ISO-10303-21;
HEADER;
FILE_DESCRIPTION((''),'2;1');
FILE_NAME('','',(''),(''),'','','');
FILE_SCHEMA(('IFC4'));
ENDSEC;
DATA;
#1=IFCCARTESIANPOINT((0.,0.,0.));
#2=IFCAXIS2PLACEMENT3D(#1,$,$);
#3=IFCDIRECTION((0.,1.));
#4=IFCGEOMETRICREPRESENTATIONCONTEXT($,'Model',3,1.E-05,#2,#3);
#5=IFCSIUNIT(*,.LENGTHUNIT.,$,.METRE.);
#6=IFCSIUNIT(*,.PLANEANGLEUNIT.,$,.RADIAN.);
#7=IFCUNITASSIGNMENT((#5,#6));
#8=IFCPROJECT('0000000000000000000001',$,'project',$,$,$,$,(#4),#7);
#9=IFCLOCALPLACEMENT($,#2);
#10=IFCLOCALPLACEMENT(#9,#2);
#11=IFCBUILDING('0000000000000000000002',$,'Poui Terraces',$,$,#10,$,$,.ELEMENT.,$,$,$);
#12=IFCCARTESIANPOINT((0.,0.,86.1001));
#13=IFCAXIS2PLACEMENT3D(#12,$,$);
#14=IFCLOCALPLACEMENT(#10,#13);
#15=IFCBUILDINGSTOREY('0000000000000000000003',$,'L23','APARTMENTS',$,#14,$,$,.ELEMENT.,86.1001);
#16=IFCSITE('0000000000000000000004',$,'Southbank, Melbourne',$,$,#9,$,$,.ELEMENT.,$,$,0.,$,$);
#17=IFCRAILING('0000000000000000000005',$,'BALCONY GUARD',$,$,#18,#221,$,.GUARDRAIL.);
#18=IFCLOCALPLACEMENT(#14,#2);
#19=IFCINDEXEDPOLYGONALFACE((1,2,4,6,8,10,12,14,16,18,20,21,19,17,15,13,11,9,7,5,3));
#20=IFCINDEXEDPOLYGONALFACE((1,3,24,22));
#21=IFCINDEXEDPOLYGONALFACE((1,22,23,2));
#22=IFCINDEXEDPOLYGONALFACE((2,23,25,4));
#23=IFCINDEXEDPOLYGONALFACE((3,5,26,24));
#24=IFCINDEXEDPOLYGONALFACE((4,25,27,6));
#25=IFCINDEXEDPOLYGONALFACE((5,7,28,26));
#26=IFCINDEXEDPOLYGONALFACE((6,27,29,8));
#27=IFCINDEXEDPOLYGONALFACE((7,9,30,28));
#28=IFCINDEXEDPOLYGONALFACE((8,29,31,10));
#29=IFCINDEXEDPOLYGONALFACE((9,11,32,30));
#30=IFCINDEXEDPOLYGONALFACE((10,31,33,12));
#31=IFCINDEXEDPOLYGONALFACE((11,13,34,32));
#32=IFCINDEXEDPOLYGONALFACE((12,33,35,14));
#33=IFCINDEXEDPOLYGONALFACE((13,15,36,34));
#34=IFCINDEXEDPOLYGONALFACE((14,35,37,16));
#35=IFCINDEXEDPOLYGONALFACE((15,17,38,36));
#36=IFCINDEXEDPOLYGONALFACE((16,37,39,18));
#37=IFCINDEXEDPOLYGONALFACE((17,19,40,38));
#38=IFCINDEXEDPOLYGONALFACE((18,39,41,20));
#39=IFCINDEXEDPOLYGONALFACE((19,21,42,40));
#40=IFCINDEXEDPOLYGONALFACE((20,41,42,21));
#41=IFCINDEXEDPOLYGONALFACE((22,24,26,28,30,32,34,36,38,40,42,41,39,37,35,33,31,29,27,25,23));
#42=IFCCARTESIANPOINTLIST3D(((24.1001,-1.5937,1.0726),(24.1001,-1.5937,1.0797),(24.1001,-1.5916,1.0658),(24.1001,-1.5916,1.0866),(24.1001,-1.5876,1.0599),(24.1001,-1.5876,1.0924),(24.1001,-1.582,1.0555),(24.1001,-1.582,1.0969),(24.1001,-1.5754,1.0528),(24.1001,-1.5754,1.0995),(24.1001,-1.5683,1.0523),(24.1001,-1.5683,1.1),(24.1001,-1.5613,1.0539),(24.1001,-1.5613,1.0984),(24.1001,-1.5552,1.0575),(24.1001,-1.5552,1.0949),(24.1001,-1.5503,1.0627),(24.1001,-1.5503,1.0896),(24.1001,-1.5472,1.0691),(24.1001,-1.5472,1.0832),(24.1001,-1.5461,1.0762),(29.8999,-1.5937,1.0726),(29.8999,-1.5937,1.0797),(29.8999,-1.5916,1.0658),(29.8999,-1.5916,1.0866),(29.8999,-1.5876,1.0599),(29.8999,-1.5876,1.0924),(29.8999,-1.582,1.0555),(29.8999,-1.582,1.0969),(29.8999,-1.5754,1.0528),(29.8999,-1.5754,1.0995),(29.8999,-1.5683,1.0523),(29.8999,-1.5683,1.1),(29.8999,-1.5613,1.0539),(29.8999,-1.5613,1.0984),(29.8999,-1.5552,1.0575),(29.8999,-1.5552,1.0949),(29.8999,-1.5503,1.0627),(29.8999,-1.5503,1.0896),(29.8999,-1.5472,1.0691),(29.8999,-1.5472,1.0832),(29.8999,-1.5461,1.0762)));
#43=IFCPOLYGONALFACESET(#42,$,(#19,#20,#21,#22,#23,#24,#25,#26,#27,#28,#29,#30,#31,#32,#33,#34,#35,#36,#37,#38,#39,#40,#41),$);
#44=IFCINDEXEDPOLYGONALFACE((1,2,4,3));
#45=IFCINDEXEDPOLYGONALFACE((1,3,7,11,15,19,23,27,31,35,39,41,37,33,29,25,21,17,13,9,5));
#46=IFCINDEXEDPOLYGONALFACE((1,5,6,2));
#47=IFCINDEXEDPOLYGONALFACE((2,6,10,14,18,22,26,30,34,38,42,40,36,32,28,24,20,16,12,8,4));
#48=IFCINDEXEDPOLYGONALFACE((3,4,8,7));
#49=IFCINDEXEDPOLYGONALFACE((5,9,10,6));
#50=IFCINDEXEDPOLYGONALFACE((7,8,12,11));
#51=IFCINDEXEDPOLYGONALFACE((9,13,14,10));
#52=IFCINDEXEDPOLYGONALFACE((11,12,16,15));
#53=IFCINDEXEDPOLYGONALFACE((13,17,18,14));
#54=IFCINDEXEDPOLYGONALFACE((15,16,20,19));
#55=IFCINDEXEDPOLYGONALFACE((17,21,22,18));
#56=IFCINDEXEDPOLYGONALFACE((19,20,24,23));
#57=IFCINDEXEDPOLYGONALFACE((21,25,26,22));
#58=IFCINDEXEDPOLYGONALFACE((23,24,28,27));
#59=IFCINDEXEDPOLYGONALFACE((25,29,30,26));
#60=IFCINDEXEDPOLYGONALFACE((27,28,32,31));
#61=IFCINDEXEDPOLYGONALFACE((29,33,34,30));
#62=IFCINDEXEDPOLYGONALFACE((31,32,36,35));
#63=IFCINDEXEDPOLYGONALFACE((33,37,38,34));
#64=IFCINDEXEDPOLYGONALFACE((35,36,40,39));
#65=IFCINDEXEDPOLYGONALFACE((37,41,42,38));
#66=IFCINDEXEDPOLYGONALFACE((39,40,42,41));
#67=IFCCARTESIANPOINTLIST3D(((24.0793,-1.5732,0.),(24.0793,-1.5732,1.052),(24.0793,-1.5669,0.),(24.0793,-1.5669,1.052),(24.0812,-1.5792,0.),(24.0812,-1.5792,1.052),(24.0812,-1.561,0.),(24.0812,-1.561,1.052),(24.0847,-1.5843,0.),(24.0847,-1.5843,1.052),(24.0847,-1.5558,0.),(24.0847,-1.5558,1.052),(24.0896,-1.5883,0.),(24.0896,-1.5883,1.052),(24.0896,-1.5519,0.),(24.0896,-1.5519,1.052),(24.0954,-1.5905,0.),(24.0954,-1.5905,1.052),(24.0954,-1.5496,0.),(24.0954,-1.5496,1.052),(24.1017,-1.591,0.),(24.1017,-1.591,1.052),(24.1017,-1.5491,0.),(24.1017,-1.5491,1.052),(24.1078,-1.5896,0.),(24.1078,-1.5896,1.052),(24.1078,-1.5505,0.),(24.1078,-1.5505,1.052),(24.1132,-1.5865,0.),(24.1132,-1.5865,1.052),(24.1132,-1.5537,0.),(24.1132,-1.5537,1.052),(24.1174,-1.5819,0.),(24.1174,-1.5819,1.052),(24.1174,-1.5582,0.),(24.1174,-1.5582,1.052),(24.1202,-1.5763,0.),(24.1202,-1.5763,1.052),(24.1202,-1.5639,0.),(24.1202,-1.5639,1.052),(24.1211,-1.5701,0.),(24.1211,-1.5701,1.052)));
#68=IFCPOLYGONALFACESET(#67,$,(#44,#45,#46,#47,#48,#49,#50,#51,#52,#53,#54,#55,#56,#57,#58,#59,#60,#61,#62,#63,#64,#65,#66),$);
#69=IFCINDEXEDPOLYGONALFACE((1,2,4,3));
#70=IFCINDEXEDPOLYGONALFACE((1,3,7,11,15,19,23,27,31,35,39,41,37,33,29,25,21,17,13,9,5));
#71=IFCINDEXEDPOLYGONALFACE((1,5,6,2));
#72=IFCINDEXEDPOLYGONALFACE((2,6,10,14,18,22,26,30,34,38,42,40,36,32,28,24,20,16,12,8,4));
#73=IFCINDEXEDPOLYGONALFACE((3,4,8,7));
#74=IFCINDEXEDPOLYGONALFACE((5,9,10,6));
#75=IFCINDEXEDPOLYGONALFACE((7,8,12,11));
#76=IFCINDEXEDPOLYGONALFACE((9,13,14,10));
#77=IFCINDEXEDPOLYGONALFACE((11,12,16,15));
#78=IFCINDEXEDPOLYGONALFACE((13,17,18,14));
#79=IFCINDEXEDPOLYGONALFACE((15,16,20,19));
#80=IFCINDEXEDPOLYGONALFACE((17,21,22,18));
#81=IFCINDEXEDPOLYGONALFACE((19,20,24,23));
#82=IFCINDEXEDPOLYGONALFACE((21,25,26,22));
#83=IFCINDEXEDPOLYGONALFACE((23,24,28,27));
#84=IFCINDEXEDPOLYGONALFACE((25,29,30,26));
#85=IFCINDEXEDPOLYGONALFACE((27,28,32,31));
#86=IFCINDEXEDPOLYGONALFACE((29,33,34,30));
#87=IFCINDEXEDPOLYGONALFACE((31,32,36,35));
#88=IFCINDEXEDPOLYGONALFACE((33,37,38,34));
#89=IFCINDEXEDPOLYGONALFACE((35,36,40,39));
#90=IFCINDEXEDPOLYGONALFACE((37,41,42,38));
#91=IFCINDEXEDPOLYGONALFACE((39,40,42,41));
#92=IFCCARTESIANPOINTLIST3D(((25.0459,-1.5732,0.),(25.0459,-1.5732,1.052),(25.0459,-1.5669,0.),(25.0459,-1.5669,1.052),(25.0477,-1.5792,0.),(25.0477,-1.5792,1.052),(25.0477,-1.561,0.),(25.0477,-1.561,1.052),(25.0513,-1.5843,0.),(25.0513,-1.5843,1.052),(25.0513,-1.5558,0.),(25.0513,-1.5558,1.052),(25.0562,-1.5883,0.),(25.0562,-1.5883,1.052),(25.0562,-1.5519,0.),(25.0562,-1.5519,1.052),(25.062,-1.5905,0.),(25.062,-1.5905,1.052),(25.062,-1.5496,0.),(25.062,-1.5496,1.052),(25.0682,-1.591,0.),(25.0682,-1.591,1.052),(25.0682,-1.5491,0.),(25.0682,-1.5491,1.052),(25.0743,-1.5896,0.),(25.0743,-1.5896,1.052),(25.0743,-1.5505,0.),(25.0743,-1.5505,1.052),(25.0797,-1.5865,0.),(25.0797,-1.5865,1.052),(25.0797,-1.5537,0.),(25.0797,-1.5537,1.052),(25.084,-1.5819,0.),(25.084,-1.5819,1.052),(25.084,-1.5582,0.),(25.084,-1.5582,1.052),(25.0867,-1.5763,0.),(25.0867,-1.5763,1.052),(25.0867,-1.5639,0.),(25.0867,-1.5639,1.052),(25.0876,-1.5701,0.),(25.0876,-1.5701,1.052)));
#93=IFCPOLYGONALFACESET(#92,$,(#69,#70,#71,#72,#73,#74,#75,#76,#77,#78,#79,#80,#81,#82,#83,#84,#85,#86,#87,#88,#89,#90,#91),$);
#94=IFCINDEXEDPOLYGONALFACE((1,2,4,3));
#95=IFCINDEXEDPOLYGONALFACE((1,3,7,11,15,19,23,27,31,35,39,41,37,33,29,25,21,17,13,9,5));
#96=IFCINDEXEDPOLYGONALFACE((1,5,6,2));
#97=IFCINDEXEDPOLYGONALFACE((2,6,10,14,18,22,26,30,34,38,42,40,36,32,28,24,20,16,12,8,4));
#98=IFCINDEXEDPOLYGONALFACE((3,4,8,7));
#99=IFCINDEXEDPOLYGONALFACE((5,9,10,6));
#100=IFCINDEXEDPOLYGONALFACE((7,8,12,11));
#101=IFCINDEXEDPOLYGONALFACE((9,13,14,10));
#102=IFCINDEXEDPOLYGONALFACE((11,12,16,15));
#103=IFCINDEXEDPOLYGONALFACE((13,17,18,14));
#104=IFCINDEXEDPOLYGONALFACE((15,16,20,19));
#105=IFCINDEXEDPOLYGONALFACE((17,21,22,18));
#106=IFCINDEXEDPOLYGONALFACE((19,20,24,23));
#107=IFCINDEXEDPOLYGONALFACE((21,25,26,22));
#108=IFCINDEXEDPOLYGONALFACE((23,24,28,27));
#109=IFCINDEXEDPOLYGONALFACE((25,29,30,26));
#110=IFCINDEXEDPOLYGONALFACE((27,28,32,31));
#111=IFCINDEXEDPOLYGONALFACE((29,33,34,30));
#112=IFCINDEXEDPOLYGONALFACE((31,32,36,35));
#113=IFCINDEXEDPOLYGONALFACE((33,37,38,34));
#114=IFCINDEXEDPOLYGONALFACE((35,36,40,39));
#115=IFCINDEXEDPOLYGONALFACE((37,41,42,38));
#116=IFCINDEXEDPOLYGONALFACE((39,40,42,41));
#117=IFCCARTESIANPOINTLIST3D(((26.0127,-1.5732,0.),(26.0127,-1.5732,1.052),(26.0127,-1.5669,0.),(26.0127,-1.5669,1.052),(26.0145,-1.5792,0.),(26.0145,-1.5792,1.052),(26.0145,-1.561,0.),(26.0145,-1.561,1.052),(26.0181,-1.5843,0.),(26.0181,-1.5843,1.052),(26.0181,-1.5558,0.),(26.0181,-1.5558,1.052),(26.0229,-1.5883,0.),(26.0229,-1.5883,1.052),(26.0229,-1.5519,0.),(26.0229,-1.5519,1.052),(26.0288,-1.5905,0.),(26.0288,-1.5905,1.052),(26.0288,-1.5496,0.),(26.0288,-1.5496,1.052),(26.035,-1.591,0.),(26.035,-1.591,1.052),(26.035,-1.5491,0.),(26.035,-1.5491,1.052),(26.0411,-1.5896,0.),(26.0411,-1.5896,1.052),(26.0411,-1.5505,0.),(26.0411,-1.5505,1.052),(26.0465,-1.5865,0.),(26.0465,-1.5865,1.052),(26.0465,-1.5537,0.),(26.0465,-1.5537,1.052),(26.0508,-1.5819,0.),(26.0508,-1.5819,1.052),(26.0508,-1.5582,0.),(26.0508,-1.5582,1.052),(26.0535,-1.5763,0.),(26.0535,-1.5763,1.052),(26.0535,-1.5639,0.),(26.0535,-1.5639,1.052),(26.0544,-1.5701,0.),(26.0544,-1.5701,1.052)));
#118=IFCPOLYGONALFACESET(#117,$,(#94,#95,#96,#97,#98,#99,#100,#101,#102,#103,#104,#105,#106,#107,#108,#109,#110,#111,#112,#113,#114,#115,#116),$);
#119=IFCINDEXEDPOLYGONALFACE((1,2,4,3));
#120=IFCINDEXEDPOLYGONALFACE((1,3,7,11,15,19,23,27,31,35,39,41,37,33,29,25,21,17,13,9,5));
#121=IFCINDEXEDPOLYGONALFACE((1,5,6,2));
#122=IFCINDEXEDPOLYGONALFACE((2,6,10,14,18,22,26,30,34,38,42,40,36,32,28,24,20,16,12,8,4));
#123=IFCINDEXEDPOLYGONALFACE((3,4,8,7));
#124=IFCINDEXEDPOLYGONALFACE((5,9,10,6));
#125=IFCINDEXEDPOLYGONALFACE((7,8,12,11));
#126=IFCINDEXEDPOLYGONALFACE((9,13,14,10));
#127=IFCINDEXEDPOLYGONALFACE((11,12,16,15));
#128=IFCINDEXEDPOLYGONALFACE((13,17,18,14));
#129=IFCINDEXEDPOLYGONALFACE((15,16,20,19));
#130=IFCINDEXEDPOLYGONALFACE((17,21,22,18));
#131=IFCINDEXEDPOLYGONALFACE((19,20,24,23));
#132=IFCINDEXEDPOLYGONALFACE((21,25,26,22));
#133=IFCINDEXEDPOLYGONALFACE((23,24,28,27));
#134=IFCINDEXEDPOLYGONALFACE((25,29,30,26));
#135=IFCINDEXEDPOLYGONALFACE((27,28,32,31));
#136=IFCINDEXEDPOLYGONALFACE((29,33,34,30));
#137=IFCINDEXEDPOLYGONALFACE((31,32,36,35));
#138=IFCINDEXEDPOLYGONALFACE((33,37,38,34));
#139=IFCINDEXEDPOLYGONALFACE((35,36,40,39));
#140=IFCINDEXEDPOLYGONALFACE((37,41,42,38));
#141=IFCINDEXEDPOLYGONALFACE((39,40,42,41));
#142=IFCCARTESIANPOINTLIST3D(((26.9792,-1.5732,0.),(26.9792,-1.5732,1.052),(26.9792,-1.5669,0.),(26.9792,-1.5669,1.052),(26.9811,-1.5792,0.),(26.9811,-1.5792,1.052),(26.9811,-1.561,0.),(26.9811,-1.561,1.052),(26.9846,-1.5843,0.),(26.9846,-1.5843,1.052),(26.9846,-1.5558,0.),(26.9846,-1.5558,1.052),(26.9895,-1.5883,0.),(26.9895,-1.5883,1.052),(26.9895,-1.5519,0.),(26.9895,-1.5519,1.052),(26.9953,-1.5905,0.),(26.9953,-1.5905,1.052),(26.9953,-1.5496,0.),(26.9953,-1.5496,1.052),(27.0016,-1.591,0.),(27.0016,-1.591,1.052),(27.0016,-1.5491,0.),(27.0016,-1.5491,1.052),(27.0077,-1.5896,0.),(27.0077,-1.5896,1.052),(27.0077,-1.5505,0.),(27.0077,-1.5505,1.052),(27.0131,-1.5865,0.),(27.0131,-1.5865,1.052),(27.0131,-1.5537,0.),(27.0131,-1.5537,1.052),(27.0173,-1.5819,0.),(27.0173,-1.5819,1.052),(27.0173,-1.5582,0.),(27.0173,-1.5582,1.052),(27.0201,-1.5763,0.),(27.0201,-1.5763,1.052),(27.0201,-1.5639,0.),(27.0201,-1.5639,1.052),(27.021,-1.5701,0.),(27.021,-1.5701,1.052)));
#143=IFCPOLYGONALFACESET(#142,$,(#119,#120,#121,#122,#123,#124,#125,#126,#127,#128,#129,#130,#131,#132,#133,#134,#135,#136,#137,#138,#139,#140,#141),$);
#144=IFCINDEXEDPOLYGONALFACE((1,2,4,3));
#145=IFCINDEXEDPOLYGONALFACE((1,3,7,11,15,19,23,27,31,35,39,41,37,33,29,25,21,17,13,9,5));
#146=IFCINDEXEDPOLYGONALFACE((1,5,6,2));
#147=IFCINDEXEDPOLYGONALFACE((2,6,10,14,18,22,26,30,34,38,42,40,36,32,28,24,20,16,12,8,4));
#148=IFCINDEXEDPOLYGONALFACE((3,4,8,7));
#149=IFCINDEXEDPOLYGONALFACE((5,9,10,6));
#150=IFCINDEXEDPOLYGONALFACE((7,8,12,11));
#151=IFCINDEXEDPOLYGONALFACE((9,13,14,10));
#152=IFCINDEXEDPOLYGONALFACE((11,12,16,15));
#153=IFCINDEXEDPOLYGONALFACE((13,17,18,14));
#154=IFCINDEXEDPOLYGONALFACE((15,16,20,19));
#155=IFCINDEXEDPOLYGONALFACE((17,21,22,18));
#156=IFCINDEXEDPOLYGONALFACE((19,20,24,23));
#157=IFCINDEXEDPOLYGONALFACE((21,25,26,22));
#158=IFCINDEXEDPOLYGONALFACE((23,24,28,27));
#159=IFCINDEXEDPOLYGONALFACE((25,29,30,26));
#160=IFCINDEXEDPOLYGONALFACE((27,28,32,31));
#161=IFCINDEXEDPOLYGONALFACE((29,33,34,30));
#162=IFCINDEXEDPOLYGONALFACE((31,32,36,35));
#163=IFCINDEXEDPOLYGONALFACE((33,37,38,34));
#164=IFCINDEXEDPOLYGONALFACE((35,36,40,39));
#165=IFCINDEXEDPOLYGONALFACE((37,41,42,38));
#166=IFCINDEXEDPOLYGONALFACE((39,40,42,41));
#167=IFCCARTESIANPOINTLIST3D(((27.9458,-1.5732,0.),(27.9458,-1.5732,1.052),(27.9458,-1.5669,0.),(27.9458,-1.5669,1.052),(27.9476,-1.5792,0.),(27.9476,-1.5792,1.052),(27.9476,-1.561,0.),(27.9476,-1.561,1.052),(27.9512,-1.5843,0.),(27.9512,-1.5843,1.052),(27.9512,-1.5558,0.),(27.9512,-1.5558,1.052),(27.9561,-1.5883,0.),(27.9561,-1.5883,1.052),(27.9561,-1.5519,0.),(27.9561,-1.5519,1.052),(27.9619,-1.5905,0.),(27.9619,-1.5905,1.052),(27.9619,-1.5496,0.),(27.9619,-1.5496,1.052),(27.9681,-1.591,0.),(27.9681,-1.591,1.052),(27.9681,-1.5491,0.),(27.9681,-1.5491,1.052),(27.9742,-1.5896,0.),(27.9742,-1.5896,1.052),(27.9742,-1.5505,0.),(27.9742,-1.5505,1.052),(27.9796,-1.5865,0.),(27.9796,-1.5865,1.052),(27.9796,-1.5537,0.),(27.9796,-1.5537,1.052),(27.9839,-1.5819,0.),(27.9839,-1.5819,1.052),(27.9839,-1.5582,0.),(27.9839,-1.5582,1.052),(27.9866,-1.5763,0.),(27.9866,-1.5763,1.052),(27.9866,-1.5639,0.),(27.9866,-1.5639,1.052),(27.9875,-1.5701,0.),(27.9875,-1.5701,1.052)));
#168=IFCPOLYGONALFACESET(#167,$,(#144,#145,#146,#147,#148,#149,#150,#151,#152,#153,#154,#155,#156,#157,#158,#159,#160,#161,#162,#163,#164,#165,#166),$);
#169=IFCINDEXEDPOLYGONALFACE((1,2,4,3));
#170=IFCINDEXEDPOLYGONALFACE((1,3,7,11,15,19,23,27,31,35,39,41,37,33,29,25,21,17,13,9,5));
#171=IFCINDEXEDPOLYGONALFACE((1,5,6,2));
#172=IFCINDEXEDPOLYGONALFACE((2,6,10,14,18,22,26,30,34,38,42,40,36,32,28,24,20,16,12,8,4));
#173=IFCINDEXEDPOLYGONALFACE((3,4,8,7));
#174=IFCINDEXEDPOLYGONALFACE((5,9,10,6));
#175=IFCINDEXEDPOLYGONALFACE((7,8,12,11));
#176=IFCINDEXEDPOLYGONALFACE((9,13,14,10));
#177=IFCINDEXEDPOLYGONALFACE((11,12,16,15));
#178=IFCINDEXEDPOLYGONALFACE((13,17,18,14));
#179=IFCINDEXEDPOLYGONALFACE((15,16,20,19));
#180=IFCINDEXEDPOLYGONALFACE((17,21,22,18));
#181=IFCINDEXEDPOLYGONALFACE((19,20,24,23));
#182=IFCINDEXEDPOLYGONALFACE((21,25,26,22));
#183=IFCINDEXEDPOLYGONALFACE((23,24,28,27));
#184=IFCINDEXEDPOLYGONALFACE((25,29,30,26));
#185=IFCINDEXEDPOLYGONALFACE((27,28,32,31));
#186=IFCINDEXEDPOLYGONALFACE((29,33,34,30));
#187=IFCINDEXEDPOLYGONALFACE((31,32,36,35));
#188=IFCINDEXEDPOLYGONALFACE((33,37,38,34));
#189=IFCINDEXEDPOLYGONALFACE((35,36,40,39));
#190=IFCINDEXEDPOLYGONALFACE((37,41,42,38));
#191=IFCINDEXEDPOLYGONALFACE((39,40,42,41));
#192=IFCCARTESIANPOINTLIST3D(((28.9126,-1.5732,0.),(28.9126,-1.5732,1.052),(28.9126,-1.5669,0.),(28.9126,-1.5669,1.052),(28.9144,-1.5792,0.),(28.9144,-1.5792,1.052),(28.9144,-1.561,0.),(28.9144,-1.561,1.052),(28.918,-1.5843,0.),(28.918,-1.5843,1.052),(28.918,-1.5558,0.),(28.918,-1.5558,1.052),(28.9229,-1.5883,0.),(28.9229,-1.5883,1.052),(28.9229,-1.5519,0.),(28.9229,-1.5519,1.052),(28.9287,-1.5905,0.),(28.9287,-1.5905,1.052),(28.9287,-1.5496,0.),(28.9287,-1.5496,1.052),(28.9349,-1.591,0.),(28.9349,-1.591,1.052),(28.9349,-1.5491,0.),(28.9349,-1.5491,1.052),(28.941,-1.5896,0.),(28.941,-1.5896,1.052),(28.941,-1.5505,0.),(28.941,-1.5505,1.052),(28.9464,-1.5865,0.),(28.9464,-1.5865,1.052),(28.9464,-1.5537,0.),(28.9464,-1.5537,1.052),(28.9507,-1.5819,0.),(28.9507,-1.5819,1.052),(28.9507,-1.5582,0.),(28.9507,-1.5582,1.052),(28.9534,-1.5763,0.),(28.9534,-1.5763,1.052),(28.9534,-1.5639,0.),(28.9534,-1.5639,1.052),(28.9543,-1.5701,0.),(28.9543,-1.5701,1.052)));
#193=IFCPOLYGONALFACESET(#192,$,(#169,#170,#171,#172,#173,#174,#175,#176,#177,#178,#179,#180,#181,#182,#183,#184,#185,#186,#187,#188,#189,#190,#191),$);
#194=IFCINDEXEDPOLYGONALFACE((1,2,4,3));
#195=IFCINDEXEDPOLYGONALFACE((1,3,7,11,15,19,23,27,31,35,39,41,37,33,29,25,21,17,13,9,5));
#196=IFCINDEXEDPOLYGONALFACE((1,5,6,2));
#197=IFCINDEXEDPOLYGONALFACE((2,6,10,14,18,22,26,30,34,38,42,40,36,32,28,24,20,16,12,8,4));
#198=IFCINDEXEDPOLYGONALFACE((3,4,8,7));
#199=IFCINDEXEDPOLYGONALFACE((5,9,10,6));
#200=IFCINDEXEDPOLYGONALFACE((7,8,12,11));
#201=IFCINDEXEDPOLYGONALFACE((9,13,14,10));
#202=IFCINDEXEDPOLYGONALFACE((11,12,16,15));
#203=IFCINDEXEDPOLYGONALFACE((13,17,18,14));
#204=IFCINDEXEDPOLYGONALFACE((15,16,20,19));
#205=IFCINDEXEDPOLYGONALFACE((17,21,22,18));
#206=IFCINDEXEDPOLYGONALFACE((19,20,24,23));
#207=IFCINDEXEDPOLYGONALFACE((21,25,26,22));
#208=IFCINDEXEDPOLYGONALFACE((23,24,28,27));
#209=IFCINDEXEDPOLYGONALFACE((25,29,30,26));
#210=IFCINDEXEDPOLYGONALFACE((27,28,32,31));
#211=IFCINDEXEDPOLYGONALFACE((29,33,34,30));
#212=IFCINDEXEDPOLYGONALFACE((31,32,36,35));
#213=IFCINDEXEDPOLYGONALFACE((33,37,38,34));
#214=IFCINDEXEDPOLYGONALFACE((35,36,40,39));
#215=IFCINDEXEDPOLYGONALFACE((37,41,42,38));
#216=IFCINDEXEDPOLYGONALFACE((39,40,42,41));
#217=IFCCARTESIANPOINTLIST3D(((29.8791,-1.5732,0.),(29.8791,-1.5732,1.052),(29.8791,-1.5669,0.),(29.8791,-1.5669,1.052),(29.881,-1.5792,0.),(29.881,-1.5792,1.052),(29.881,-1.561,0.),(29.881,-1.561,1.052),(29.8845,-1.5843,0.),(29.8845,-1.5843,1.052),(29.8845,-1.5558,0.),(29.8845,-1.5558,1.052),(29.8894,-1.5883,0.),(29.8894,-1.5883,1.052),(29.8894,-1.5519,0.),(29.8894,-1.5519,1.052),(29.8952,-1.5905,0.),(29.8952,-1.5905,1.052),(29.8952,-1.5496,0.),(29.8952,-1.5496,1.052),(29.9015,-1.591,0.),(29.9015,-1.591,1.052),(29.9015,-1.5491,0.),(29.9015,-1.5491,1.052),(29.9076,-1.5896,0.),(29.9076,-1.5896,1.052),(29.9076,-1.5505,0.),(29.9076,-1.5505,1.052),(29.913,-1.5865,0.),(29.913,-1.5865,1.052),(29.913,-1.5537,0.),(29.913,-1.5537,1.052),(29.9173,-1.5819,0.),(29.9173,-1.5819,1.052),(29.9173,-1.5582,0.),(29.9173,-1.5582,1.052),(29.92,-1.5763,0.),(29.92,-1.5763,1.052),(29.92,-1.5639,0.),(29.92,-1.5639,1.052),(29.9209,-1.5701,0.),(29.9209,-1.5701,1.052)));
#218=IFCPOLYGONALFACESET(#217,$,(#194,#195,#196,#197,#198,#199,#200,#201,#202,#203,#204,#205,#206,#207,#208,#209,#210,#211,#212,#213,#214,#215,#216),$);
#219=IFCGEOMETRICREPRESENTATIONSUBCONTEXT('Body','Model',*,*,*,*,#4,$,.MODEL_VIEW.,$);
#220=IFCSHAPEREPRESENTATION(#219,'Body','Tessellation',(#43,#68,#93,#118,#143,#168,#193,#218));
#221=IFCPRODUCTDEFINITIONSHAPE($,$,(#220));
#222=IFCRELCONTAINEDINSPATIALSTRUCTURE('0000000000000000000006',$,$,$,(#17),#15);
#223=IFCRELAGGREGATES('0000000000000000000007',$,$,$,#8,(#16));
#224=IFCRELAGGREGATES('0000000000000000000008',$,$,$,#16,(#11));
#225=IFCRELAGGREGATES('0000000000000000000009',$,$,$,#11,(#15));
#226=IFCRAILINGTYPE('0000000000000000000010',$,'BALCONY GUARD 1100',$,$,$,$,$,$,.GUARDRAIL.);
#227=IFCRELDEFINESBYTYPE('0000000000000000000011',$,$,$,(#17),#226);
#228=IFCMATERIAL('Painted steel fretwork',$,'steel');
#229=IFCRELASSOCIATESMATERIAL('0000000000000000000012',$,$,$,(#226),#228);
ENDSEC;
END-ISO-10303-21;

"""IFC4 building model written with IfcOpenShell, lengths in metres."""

from ifc_helpers import new_model, si_unit, direction, frame, origin, origin_2d, place, context, subcontext, project, spatial, circle, extrude, material, type_object, element, save


model = new_model("IFC4")

# Units and contexts
model_context = context("Model", 3, precision=1e-05, world=origin(), true_north=direction((0.0, 1.0)))
body_context = subcontext(model_context, "Body", "Model", "MODEL_VIEW")
ifc_project = project(units=[si_unit("LENGTHUNIT", "METRE"), si_unit("PLANEANGLEUNIT", "RADIAN")], contexts=[model_context])

# Site, building, storey
site_placement = place(None, origin())
site = spatial("IfcSite", under=ifc_project, at=site_placement, Name="Southbank, Melbourne", CompositionType="ELEMENT", RefElevation=0.0)
building_placement = place(site_placement, origin())
building = spatial("IfcBuilding", under=site, at=building_placement, Name="Poui Terraces", CompositionType="ELEMENT")
storey_placement = place(building_placement, frame((0.0, 0.0, 86.1001)))
storey = spatial("IfcBuildingStorey", under=building, at=storey_placement, Name="L23", Description="APARTMENTS", CompositionType="ELEMENT", Elevation=86.1001)

# Railing
ifc_material_1 = material(Name="Painted steel fretwork", Category="steel")
railing_type = type_object("IfcRailingType", Name="BALCONY GUARD 1100", PredefinedType="GUARDRAIL", material=ifc_material_1)
railing_placement = place(storey_placement, frame((24.1001, -1.5701, 0.0)))
element("IfcRailing", 1, at=railing_placement, inside=storey, type_object=railing_type, Name="BALCONY GUARD", PredefinedType="GUARDRAIL", context=body_context, shape_type="SweptSolid", body=[
    extrude(circle(Radius=0.0239, at=origin_2d()), frame((0.0, 0.0, 1.0762), z_axis=(1.0, 0.0, 0.0), x_axis=(0.0, 1.0, 0.0)), (0.0, 0.0, 1.0), 5.7998),
    extrude(circle(Radius=0.021, at=origin_2d()), origin(), (0.0, 0.0, 1.0), 1.052),
    extrude(circle(Radius=0.021, at=origin_2d()), frame((0.9666, 0.0, 0.0)), (0.0, 0.0, 1.0), 1.052),
    extrude(circle(Radius=0.021, at=origin_2d()), frame((1.9333, 0.0, 0.0)), (0.0, 0.0, 1.0), 1.052),
    extrude(circle(Radius=0.021, at=origin_2d()), frame((2.8999, 0.0, 0.0)), (0.0, 0.0, 1.0), 1.052),
    extrude(circle(Radius=0.021, at=origin_2d()), frame((3.8665, 0.0, 0.0)), (0.0, 0.0, 1.0), 1.052),
    extrude(circle(Radius=0.021, at=origin_2d()), frame((4.8333, 0.0, 0.0)), (0.0, 0.0, 1.0), 1.052),
    extrude(circle(Radius=0.021, at=origin_2d()), frame((5.7998, 0.0, 0.0)), (0.0, 0.0, 1.0), 1.052),
])

save(model, "model.ifc")
